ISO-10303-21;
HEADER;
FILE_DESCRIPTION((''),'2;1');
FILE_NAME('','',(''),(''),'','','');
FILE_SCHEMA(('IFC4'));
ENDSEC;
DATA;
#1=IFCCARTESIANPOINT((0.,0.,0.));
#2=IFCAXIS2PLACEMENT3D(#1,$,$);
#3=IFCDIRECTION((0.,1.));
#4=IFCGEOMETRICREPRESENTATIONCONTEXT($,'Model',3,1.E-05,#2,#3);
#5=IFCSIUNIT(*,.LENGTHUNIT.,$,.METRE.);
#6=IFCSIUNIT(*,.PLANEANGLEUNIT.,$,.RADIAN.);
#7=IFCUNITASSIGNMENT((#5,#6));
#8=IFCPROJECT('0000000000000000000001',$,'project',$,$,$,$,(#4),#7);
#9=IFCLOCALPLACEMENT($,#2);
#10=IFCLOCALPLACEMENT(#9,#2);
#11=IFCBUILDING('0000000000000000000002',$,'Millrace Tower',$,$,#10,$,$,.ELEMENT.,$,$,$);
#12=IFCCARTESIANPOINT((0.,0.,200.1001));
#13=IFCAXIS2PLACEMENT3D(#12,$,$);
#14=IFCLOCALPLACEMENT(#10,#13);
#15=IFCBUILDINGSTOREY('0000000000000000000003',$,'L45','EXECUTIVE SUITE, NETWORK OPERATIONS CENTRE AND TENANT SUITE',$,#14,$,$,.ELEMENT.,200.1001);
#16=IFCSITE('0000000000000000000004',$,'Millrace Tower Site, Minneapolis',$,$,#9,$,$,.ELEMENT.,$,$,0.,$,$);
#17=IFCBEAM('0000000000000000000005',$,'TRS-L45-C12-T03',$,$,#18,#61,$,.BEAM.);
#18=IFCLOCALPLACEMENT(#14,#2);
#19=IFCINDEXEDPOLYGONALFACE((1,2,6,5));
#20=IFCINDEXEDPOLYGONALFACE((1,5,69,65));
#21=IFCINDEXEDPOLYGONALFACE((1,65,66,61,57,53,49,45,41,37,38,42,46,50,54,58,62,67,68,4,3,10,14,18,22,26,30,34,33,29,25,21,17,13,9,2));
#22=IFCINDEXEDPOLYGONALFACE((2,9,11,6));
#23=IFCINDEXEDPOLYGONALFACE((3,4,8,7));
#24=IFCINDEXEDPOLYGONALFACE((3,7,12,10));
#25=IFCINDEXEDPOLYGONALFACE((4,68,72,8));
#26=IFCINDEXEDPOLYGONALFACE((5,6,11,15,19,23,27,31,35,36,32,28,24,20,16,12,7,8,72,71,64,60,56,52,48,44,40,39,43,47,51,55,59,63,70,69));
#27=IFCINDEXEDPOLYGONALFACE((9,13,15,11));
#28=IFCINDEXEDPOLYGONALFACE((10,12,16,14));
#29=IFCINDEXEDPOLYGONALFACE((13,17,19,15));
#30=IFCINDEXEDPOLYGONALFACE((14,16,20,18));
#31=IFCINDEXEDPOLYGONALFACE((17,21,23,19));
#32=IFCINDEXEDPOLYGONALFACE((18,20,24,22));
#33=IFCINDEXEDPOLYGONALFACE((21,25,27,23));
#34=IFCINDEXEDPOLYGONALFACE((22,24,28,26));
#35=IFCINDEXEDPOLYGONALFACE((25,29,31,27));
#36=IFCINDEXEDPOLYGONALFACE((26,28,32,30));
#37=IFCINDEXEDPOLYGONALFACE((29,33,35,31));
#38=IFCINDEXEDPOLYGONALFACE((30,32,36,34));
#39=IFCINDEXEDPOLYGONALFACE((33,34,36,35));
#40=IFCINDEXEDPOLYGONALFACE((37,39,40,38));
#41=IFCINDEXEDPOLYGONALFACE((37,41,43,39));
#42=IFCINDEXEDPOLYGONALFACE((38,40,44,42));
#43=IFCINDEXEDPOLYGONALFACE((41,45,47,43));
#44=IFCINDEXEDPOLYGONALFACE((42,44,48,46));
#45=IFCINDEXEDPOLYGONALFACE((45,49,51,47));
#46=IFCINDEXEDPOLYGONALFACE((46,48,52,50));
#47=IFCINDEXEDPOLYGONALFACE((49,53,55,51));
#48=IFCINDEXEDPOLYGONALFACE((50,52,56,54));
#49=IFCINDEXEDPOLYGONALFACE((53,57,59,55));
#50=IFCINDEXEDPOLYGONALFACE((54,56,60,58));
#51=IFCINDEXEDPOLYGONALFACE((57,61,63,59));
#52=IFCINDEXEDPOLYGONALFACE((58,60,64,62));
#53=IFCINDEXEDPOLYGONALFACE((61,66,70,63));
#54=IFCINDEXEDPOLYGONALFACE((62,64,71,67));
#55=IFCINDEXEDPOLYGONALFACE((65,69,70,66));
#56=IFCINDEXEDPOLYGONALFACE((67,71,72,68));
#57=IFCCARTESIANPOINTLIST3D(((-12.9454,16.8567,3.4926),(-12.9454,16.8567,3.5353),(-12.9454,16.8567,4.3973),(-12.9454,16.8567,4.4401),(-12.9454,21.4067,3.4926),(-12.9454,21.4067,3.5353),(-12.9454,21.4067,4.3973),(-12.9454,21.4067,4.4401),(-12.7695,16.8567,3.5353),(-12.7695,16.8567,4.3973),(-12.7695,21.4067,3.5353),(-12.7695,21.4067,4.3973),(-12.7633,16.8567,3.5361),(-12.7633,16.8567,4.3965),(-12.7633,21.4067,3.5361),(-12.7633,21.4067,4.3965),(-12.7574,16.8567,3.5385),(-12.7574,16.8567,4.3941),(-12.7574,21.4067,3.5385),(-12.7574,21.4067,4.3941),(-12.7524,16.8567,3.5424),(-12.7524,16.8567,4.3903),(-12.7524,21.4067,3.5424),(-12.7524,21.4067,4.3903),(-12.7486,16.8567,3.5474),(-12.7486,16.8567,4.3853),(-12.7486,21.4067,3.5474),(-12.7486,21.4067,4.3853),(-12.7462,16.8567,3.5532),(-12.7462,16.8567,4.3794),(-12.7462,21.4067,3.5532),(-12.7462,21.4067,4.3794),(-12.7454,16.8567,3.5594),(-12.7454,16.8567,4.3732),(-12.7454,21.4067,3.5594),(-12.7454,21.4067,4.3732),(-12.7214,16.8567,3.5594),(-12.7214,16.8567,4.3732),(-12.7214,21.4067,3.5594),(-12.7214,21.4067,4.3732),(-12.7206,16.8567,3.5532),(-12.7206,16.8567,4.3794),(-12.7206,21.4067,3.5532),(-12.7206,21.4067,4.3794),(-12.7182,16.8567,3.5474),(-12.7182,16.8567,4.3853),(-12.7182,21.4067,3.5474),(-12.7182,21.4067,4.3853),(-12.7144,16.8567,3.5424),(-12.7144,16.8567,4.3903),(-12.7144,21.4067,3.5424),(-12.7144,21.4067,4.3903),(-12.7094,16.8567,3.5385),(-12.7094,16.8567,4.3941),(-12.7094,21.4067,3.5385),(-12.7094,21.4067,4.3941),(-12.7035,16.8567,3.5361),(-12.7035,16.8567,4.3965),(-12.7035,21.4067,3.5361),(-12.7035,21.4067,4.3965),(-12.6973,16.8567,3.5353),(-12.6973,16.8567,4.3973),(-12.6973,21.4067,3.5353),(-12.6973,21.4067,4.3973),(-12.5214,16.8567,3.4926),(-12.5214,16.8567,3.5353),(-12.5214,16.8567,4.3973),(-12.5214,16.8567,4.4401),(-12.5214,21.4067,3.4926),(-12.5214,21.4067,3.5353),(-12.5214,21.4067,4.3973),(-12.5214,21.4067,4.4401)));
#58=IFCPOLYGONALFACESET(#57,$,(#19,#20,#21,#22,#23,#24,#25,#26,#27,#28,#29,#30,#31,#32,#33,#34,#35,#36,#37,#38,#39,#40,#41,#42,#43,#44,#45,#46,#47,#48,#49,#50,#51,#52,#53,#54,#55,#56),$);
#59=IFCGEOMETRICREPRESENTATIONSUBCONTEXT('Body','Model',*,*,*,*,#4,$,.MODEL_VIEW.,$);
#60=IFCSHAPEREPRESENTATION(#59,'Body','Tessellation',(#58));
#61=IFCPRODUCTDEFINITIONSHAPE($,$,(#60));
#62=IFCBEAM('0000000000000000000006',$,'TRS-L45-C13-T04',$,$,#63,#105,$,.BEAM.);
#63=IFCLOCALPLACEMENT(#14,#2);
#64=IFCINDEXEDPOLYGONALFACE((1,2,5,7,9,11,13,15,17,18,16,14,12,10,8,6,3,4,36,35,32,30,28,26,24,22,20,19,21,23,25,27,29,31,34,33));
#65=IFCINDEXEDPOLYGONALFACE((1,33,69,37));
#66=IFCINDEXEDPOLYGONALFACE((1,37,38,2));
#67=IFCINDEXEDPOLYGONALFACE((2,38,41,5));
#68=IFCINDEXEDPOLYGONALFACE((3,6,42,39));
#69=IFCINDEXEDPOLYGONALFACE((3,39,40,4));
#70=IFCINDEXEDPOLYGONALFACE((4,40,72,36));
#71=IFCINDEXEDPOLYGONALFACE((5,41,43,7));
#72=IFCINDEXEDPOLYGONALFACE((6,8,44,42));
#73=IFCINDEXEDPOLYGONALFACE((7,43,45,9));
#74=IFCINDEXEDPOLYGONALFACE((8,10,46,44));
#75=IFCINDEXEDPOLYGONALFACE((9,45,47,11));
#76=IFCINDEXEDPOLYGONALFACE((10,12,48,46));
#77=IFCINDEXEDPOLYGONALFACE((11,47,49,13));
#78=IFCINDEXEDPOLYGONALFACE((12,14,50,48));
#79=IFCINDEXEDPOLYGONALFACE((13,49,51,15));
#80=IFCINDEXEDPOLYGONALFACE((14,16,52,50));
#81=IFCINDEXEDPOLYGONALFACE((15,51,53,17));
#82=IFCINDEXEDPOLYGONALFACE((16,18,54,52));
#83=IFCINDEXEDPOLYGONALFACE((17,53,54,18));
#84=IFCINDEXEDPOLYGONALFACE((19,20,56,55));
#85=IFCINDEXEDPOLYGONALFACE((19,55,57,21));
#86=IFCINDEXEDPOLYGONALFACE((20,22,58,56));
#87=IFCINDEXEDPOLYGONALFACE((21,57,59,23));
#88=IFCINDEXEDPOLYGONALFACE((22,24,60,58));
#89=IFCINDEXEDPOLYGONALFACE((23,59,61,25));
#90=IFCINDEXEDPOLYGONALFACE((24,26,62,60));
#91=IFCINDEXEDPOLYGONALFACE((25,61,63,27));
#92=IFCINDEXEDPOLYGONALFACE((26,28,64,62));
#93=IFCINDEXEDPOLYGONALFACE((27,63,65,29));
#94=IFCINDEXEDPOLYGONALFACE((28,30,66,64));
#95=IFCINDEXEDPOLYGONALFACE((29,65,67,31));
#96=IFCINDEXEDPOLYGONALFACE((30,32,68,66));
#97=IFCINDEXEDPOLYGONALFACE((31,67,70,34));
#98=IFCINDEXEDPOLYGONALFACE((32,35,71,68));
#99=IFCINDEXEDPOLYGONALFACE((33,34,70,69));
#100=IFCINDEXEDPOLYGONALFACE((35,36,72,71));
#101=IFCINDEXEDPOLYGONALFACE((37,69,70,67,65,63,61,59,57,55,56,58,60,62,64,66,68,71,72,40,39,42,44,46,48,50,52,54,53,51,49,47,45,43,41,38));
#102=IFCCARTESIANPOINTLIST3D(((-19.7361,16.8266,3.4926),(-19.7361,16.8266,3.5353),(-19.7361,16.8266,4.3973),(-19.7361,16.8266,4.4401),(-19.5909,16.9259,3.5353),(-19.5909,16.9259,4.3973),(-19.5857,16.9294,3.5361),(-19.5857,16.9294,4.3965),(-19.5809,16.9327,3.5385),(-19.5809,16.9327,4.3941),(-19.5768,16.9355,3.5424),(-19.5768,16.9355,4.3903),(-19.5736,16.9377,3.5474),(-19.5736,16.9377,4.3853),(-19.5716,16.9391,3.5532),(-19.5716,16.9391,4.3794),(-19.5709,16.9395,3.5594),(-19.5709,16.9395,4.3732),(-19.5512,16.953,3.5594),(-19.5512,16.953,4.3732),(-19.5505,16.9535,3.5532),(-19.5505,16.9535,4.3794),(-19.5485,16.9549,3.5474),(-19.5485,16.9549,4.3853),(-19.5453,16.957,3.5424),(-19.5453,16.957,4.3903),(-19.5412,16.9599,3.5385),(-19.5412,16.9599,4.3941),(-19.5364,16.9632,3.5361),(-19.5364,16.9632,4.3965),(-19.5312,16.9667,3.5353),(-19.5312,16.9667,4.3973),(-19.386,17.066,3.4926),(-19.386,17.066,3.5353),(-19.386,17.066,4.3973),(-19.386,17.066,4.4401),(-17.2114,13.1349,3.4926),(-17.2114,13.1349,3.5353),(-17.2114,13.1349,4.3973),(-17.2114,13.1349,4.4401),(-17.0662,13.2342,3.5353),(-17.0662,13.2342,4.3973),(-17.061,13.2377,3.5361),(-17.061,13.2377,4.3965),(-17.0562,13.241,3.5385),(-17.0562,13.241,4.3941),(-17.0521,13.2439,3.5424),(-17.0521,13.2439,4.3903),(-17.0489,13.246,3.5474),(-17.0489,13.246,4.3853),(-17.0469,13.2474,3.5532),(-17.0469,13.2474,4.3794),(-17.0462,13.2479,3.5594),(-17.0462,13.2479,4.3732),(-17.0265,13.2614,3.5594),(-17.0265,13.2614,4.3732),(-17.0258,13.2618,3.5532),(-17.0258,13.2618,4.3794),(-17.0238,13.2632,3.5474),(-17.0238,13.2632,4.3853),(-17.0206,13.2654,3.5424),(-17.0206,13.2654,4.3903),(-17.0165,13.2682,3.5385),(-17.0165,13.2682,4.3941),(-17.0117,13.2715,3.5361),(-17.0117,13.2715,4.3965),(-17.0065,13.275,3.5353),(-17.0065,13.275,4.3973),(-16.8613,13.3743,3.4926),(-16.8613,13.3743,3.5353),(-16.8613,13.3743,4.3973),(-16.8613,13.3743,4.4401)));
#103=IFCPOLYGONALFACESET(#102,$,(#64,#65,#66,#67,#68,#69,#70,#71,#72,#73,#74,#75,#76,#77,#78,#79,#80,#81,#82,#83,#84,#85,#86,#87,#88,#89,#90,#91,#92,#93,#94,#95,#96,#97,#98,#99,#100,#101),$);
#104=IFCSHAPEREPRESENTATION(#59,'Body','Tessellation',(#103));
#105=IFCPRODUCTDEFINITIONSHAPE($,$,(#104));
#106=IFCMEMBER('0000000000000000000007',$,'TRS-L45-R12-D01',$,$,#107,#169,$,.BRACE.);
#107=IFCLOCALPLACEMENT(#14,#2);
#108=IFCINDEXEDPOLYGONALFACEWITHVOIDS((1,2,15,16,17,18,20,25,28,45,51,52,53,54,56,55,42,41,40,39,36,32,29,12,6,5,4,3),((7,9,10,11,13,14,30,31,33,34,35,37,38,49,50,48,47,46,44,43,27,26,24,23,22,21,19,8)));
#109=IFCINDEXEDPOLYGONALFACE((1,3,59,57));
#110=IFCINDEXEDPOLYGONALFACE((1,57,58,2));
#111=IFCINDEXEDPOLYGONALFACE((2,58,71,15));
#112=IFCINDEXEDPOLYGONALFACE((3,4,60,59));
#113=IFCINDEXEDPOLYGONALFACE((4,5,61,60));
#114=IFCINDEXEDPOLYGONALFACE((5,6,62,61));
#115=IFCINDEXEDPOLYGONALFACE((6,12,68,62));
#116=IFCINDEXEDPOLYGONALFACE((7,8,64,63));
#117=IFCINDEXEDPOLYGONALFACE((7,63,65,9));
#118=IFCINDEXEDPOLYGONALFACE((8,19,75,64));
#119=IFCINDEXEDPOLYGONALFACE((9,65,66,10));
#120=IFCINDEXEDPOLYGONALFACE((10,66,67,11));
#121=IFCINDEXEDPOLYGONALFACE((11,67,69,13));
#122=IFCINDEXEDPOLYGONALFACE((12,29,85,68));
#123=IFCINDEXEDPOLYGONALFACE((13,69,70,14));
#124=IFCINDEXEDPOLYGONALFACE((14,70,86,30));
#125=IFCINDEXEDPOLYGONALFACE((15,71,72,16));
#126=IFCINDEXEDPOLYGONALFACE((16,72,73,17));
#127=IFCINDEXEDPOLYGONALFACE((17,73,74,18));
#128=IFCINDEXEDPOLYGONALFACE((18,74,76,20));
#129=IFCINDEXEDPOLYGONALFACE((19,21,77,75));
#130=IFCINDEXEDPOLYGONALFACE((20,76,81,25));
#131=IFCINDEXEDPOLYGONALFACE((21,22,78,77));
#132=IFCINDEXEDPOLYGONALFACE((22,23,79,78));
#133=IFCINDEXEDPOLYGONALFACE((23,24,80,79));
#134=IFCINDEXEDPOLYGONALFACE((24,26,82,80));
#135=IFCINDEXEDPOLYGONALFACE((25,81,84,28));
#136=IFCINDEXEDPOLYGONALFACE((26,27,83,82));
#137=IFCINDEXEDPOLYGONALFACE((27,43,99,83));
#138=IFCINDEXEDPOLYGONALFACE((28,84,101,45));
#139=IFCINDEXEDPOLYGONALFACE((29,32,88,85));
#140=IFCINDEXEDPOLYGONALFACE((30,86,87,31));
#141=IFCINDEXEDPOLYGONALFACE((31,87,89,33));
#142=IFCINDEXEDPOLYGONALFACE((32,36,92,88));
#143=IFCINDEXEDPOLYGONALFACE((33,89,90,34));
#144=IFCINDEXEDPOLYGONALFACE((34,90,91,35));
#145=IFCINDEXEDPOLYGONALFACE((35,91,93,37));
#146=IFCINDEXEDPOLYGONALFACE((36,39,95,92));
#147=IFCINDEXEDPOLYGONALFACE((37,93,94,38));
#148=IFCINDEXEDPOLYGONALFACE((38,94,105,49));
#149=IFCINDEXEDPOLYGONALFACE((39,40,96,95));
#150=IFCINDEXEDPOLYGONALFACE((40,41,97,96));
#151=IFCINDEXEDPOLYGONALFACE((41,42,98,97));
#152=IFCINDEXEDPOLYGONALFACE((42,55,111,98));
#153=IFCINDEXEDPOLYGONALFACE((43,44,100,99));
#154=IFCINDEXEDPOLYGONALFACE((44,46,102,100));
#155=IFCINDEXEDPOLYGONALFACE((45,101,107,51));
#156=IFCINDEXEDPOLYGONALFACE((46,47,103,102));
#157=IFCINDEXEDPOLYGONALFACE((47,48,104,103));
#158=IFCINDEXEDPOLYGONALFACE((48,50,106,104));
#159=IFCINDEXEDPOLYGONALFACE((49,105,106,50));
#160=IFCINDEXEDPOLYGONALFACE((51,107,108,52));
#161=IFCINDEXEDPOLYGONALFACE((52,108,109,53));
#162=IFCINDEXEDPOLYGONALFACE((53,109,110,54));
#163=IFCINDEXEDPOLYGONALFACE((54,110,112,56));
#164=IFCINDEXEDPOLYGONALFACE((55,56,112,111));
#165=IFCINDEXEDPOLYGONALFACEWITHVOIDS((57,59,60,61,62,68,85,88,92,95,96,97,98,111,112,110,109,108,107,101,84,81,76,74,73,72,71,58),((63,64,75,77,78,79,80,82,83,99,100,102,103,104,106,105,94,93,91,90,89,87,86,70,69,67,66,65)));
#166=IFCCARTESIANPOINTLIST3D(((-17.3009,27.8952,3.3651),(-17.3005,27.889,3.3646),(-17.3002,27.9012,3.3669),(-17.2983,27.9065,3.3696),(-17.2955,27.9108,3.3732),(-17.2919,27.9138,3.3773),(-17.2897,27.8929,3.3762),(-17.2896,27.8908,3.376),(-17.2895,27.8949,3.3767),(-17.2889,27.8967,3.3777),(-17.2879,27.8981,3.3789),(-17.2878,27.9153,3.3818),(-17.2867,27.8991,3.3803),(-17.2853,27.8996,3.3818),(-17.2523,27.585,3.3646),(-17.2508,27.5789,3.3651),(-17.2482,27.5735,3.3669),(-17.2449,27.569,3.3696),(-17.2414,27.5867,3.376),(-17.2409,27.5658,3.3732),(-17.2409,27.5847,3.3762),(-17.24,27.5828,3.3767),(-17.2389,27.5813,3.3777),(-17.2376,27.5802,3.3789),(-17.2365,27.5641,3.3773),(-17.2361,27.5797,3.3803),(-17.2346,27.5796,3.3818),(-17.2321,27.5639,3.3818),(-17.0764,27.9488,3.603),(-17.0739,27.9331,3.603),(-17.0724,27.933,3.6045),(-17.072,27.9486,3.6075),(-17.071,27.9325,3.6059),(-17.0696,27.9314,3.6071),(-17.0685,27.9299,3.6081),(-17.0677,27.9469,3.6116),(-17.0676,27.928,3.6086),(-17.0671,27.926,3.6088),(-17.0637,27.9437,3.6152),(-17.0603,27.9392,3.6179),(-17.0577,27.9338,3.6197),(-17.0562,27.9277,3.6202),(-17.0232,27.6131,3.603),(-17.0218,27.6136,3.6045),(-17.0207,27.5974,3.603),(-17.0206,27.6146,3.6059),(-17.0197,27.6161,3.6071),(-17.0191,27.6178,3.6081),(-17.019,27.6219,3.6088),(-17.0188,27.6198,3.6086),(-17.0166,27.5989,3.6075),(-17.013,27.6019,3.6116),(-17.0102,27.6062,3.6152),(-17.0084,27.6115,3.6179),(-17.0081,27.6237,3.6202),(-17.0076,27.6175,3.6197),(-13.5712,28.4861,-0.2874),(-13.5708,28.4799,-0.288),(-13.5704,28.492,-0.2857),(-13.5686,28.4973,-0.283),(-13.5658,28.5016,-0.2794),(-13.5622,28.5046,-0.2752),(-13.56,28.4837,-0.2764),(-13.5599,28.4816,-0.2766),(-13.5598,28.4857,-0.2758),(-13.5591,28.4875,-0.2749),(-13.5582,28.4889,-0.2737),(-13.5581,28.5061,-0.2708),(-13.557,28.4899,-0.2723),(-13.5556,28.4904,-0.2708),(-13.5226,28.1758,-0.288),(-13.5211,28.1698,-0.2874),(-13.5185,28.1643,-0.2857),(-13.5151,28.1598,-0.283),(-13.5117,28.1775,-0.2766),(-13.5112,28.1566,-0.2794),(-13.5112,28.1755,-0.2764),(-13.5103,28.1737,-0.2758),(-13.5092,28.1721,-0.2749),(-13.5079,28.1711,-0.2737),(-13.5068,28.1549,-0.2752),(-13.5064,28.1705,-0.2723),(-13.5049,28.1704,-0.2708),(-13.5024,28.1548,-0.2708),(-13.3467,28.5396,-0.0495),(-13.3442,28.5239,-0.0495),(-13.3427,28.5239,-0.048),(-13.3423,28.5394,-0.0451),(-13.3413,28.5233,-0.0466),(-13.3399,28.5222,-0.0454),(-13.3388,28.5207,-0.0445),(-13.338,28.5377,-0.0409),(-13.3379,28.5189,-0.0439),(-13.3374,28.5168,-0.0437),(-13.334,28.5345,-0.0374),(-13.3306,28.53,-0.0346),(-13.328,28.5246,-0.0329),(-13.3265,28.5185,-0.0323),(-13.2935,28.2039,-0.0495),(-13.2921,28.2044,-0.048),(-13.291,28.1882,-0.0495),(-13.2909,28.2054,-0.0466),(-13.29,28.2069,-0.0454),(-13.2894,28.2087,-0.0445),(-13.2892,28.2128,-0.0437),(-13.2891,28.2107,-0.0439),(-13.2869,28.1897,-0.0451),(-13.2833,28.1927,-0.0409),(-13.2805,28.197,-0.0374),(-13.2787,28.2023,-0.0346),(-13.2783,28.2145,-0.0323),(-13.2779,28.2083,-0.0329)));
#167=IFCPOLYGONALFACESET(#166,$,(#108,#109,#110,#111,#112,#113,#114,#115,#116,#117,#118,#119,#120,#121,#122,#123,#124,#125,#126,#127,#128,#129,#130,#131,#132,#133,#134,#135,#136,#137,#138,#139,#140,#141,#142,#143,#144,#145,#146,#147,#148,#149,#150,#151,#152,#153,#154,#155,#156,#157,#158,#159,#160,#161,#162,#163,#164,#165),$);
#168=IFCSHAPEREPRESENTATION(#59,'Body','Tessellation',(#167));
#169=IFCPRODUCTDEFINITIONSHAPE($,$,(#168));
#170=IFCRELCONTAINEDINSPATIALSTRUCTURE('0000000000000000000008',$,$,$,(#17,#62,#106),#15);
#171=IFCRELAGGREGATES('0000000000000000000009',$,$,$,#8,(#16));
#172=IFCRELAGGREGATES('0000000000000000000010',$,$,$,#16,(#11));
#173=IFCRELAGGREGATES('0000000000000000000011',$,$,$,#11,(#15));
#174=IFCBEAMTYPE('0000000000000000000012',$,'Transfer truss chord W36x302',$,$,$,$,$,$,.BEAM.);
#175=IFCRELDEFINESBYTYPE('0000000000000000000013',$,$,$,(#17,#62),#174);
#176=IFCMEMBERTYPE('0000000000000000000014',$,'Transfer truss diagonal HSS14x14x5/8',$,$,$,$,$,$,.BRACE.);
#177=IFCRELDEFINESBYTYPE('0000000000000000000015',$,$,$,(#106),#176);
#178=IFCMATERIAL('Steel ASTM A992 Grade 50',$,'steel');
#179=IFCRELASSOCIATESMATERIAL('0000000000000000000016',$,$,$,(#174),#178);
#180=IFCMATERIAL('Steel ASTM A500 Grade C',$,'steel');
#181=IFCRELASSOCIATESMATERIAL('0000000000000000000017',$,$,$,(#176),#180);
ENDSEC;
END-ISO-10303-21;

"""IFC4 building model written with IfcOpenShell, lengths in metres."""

from ifc_helpers import new_model, si_unit, direction, frame, origin, origin_2d, place, context, subcontext, project, spatial, hollow_rectangle, i_section, extrude, material, material_profile, profile_set, type_object, element, save


model = new_model("IFC4")

# Units and contexts
model_context = context("Model", 3, precision=1e-05, world=origin(), true_north=direction((0.0, 1.0)))
body_context = subcontext(model_context, "Body", "Model", "MODEL_VIEW")
ifc_project = project(units=[si_unit("LENGTHUNIT", "METRE"), si_unit("PLANEANGLEUNIT", "RADIAN")], contexts=[model_context])

# Site, building, storey
site_placement = place(None, origin())
site = spatial("IfcSite", under=ifc_project, at=site_placement, Name="Millrace Tower Site, Minneapolis", CompositionType="ELEMENT", RefElevation=0.0)
building_placement = place(site_placement, origin())
building = spatial("IfcBuilding", under=site, at=building_placement, Name="Millrace Tower", CompositionType="ELEMENT")
storey_placement = place(building_placement, frame((0.0, 0.0, 200.1001)))
storey = spatial("IfcBuildingStorey", under=building, at=storey_placement, Name="L45", Description="EXECUTIVE SUITE, NETWORK OPERATIONS CENTRE AND TENANT SUITE", CompositionType="ELEMENT", Elevation=200.1001)

# Beams
ifc_material_1 = material(Name="Steel ASTM A992 Grade 50", Category="steel")
ifc_material_profile_1 = material_profile(ifc_material_1, i_section(OverallWidth=0.4241, OverallDepth=0.9475, WebThickness=0.0239, FlangeThickness=0.0427, FilletRadius=0.0242, at=origin_2d()))
ifc_profile_set_1 = profile_set([ifc_material_profile_1], Name="Steel ASTM A992 Grade 50")
beam_type_1 = type_object("IfcBeamType", Name="Transfer truss chord W36x302", PredefinedType="BEAM", material=ifc_profile_set_1)
for number, where, z_axis, x_axis, name in (
    (1, (-12.7334, 21.4067, 3.9663), (0.0, -1.0, 0.0), (1.0, 0.0, 0.0), "TRS-L45-C12-T03"),
):
    element("IfcBeam", number, at=place(storey_placement, frame(where, z_axis=z_axis, x_axis=x_axis)), inside=storey, type_object=beam_type_1, Name=name, PredefinedType="BEAM", context=body_context, shape_type="SweptSolid", body=[
        extrude(i_section(OverallWidth=0.4241, OverallDepth=0.9475, WebThickness=0.0239, FlangeThickness=0.0427, FilletRadius=0.0242, at=origin_2d()), origin(), (0.0, 0.0, 1.0), 4.55),
    ])
beam_1_placement = place(storey_placement, frame((-19.561, 16.9463, 3.9663), z_axis=(0.5645, -0.825433, 0.0), x_axis=(0.825433, 0.5645, 0.0)))
element("IfcBeam", 2, at=beam_1_placement, inside=storey, type_object=beam_type_1, Name="TRS-L45-C13-T04", PredefinedType="BEAM", context=body_context, shape_type="SweptSolid", body=[
    extrude(i_section(OverallWidth=0.4241, OverallDepth=0.9475, WebThickness=0.0239, FlangeThickness=0.0427, FilletRadius=0.0242, at=origin_2d()), origin(), (0.0, 0.0, 1.0), 4.4724),
])

# Member
ifc_material_2 = material(Name="Steel ASTM A500 Grade C", Category="steel")
ifc_material_profile_2 = material_profile(ifc_material_2, hollow_rectangle(XDim=0.3557, YDim=0.3557, WallThickness=0.0159, InnerFilletRadius=0.0081, OuterFilletRadius=0.0239, at=origin_2d()))
ifc_profile_set_2 = profile_set([ifc_material_profile_2], Name="Steel ASTM A500 Grade C")
member_type_1 = type_object("IfcMemberType", Name="Transfer truss diagonal HSS14x14x5/8", PredefinedType="BRACE", material=ifc_profile_set_2)
member_1_placement = place(storey_placement, frame((-13.4246, 28.3472, -0.1602), z_axis=(-0.709925, -0.112458, 0.695241), x_axis=(0.156457, -0.987685, 0.0)))
element("IfcMember", 3, at=member_1_placement, inside=storey, type_object=member_type_1, Name="TRS-L45-R12-D01", PredefinedType="BRACE", context=body_context, shape_type="SweptSolid", body=[
    extrude(hollow_rectangle(XDim=0.3557, YDim=0.3557, WallThickness=0.0159, InnerFilletRadius=0.0081, OuterFilletRadius=0.0239, at=origin_2d()), origin(), (0.0, 0.0, 1.0), 5.2537),
])

save(model, "model.ifc")
